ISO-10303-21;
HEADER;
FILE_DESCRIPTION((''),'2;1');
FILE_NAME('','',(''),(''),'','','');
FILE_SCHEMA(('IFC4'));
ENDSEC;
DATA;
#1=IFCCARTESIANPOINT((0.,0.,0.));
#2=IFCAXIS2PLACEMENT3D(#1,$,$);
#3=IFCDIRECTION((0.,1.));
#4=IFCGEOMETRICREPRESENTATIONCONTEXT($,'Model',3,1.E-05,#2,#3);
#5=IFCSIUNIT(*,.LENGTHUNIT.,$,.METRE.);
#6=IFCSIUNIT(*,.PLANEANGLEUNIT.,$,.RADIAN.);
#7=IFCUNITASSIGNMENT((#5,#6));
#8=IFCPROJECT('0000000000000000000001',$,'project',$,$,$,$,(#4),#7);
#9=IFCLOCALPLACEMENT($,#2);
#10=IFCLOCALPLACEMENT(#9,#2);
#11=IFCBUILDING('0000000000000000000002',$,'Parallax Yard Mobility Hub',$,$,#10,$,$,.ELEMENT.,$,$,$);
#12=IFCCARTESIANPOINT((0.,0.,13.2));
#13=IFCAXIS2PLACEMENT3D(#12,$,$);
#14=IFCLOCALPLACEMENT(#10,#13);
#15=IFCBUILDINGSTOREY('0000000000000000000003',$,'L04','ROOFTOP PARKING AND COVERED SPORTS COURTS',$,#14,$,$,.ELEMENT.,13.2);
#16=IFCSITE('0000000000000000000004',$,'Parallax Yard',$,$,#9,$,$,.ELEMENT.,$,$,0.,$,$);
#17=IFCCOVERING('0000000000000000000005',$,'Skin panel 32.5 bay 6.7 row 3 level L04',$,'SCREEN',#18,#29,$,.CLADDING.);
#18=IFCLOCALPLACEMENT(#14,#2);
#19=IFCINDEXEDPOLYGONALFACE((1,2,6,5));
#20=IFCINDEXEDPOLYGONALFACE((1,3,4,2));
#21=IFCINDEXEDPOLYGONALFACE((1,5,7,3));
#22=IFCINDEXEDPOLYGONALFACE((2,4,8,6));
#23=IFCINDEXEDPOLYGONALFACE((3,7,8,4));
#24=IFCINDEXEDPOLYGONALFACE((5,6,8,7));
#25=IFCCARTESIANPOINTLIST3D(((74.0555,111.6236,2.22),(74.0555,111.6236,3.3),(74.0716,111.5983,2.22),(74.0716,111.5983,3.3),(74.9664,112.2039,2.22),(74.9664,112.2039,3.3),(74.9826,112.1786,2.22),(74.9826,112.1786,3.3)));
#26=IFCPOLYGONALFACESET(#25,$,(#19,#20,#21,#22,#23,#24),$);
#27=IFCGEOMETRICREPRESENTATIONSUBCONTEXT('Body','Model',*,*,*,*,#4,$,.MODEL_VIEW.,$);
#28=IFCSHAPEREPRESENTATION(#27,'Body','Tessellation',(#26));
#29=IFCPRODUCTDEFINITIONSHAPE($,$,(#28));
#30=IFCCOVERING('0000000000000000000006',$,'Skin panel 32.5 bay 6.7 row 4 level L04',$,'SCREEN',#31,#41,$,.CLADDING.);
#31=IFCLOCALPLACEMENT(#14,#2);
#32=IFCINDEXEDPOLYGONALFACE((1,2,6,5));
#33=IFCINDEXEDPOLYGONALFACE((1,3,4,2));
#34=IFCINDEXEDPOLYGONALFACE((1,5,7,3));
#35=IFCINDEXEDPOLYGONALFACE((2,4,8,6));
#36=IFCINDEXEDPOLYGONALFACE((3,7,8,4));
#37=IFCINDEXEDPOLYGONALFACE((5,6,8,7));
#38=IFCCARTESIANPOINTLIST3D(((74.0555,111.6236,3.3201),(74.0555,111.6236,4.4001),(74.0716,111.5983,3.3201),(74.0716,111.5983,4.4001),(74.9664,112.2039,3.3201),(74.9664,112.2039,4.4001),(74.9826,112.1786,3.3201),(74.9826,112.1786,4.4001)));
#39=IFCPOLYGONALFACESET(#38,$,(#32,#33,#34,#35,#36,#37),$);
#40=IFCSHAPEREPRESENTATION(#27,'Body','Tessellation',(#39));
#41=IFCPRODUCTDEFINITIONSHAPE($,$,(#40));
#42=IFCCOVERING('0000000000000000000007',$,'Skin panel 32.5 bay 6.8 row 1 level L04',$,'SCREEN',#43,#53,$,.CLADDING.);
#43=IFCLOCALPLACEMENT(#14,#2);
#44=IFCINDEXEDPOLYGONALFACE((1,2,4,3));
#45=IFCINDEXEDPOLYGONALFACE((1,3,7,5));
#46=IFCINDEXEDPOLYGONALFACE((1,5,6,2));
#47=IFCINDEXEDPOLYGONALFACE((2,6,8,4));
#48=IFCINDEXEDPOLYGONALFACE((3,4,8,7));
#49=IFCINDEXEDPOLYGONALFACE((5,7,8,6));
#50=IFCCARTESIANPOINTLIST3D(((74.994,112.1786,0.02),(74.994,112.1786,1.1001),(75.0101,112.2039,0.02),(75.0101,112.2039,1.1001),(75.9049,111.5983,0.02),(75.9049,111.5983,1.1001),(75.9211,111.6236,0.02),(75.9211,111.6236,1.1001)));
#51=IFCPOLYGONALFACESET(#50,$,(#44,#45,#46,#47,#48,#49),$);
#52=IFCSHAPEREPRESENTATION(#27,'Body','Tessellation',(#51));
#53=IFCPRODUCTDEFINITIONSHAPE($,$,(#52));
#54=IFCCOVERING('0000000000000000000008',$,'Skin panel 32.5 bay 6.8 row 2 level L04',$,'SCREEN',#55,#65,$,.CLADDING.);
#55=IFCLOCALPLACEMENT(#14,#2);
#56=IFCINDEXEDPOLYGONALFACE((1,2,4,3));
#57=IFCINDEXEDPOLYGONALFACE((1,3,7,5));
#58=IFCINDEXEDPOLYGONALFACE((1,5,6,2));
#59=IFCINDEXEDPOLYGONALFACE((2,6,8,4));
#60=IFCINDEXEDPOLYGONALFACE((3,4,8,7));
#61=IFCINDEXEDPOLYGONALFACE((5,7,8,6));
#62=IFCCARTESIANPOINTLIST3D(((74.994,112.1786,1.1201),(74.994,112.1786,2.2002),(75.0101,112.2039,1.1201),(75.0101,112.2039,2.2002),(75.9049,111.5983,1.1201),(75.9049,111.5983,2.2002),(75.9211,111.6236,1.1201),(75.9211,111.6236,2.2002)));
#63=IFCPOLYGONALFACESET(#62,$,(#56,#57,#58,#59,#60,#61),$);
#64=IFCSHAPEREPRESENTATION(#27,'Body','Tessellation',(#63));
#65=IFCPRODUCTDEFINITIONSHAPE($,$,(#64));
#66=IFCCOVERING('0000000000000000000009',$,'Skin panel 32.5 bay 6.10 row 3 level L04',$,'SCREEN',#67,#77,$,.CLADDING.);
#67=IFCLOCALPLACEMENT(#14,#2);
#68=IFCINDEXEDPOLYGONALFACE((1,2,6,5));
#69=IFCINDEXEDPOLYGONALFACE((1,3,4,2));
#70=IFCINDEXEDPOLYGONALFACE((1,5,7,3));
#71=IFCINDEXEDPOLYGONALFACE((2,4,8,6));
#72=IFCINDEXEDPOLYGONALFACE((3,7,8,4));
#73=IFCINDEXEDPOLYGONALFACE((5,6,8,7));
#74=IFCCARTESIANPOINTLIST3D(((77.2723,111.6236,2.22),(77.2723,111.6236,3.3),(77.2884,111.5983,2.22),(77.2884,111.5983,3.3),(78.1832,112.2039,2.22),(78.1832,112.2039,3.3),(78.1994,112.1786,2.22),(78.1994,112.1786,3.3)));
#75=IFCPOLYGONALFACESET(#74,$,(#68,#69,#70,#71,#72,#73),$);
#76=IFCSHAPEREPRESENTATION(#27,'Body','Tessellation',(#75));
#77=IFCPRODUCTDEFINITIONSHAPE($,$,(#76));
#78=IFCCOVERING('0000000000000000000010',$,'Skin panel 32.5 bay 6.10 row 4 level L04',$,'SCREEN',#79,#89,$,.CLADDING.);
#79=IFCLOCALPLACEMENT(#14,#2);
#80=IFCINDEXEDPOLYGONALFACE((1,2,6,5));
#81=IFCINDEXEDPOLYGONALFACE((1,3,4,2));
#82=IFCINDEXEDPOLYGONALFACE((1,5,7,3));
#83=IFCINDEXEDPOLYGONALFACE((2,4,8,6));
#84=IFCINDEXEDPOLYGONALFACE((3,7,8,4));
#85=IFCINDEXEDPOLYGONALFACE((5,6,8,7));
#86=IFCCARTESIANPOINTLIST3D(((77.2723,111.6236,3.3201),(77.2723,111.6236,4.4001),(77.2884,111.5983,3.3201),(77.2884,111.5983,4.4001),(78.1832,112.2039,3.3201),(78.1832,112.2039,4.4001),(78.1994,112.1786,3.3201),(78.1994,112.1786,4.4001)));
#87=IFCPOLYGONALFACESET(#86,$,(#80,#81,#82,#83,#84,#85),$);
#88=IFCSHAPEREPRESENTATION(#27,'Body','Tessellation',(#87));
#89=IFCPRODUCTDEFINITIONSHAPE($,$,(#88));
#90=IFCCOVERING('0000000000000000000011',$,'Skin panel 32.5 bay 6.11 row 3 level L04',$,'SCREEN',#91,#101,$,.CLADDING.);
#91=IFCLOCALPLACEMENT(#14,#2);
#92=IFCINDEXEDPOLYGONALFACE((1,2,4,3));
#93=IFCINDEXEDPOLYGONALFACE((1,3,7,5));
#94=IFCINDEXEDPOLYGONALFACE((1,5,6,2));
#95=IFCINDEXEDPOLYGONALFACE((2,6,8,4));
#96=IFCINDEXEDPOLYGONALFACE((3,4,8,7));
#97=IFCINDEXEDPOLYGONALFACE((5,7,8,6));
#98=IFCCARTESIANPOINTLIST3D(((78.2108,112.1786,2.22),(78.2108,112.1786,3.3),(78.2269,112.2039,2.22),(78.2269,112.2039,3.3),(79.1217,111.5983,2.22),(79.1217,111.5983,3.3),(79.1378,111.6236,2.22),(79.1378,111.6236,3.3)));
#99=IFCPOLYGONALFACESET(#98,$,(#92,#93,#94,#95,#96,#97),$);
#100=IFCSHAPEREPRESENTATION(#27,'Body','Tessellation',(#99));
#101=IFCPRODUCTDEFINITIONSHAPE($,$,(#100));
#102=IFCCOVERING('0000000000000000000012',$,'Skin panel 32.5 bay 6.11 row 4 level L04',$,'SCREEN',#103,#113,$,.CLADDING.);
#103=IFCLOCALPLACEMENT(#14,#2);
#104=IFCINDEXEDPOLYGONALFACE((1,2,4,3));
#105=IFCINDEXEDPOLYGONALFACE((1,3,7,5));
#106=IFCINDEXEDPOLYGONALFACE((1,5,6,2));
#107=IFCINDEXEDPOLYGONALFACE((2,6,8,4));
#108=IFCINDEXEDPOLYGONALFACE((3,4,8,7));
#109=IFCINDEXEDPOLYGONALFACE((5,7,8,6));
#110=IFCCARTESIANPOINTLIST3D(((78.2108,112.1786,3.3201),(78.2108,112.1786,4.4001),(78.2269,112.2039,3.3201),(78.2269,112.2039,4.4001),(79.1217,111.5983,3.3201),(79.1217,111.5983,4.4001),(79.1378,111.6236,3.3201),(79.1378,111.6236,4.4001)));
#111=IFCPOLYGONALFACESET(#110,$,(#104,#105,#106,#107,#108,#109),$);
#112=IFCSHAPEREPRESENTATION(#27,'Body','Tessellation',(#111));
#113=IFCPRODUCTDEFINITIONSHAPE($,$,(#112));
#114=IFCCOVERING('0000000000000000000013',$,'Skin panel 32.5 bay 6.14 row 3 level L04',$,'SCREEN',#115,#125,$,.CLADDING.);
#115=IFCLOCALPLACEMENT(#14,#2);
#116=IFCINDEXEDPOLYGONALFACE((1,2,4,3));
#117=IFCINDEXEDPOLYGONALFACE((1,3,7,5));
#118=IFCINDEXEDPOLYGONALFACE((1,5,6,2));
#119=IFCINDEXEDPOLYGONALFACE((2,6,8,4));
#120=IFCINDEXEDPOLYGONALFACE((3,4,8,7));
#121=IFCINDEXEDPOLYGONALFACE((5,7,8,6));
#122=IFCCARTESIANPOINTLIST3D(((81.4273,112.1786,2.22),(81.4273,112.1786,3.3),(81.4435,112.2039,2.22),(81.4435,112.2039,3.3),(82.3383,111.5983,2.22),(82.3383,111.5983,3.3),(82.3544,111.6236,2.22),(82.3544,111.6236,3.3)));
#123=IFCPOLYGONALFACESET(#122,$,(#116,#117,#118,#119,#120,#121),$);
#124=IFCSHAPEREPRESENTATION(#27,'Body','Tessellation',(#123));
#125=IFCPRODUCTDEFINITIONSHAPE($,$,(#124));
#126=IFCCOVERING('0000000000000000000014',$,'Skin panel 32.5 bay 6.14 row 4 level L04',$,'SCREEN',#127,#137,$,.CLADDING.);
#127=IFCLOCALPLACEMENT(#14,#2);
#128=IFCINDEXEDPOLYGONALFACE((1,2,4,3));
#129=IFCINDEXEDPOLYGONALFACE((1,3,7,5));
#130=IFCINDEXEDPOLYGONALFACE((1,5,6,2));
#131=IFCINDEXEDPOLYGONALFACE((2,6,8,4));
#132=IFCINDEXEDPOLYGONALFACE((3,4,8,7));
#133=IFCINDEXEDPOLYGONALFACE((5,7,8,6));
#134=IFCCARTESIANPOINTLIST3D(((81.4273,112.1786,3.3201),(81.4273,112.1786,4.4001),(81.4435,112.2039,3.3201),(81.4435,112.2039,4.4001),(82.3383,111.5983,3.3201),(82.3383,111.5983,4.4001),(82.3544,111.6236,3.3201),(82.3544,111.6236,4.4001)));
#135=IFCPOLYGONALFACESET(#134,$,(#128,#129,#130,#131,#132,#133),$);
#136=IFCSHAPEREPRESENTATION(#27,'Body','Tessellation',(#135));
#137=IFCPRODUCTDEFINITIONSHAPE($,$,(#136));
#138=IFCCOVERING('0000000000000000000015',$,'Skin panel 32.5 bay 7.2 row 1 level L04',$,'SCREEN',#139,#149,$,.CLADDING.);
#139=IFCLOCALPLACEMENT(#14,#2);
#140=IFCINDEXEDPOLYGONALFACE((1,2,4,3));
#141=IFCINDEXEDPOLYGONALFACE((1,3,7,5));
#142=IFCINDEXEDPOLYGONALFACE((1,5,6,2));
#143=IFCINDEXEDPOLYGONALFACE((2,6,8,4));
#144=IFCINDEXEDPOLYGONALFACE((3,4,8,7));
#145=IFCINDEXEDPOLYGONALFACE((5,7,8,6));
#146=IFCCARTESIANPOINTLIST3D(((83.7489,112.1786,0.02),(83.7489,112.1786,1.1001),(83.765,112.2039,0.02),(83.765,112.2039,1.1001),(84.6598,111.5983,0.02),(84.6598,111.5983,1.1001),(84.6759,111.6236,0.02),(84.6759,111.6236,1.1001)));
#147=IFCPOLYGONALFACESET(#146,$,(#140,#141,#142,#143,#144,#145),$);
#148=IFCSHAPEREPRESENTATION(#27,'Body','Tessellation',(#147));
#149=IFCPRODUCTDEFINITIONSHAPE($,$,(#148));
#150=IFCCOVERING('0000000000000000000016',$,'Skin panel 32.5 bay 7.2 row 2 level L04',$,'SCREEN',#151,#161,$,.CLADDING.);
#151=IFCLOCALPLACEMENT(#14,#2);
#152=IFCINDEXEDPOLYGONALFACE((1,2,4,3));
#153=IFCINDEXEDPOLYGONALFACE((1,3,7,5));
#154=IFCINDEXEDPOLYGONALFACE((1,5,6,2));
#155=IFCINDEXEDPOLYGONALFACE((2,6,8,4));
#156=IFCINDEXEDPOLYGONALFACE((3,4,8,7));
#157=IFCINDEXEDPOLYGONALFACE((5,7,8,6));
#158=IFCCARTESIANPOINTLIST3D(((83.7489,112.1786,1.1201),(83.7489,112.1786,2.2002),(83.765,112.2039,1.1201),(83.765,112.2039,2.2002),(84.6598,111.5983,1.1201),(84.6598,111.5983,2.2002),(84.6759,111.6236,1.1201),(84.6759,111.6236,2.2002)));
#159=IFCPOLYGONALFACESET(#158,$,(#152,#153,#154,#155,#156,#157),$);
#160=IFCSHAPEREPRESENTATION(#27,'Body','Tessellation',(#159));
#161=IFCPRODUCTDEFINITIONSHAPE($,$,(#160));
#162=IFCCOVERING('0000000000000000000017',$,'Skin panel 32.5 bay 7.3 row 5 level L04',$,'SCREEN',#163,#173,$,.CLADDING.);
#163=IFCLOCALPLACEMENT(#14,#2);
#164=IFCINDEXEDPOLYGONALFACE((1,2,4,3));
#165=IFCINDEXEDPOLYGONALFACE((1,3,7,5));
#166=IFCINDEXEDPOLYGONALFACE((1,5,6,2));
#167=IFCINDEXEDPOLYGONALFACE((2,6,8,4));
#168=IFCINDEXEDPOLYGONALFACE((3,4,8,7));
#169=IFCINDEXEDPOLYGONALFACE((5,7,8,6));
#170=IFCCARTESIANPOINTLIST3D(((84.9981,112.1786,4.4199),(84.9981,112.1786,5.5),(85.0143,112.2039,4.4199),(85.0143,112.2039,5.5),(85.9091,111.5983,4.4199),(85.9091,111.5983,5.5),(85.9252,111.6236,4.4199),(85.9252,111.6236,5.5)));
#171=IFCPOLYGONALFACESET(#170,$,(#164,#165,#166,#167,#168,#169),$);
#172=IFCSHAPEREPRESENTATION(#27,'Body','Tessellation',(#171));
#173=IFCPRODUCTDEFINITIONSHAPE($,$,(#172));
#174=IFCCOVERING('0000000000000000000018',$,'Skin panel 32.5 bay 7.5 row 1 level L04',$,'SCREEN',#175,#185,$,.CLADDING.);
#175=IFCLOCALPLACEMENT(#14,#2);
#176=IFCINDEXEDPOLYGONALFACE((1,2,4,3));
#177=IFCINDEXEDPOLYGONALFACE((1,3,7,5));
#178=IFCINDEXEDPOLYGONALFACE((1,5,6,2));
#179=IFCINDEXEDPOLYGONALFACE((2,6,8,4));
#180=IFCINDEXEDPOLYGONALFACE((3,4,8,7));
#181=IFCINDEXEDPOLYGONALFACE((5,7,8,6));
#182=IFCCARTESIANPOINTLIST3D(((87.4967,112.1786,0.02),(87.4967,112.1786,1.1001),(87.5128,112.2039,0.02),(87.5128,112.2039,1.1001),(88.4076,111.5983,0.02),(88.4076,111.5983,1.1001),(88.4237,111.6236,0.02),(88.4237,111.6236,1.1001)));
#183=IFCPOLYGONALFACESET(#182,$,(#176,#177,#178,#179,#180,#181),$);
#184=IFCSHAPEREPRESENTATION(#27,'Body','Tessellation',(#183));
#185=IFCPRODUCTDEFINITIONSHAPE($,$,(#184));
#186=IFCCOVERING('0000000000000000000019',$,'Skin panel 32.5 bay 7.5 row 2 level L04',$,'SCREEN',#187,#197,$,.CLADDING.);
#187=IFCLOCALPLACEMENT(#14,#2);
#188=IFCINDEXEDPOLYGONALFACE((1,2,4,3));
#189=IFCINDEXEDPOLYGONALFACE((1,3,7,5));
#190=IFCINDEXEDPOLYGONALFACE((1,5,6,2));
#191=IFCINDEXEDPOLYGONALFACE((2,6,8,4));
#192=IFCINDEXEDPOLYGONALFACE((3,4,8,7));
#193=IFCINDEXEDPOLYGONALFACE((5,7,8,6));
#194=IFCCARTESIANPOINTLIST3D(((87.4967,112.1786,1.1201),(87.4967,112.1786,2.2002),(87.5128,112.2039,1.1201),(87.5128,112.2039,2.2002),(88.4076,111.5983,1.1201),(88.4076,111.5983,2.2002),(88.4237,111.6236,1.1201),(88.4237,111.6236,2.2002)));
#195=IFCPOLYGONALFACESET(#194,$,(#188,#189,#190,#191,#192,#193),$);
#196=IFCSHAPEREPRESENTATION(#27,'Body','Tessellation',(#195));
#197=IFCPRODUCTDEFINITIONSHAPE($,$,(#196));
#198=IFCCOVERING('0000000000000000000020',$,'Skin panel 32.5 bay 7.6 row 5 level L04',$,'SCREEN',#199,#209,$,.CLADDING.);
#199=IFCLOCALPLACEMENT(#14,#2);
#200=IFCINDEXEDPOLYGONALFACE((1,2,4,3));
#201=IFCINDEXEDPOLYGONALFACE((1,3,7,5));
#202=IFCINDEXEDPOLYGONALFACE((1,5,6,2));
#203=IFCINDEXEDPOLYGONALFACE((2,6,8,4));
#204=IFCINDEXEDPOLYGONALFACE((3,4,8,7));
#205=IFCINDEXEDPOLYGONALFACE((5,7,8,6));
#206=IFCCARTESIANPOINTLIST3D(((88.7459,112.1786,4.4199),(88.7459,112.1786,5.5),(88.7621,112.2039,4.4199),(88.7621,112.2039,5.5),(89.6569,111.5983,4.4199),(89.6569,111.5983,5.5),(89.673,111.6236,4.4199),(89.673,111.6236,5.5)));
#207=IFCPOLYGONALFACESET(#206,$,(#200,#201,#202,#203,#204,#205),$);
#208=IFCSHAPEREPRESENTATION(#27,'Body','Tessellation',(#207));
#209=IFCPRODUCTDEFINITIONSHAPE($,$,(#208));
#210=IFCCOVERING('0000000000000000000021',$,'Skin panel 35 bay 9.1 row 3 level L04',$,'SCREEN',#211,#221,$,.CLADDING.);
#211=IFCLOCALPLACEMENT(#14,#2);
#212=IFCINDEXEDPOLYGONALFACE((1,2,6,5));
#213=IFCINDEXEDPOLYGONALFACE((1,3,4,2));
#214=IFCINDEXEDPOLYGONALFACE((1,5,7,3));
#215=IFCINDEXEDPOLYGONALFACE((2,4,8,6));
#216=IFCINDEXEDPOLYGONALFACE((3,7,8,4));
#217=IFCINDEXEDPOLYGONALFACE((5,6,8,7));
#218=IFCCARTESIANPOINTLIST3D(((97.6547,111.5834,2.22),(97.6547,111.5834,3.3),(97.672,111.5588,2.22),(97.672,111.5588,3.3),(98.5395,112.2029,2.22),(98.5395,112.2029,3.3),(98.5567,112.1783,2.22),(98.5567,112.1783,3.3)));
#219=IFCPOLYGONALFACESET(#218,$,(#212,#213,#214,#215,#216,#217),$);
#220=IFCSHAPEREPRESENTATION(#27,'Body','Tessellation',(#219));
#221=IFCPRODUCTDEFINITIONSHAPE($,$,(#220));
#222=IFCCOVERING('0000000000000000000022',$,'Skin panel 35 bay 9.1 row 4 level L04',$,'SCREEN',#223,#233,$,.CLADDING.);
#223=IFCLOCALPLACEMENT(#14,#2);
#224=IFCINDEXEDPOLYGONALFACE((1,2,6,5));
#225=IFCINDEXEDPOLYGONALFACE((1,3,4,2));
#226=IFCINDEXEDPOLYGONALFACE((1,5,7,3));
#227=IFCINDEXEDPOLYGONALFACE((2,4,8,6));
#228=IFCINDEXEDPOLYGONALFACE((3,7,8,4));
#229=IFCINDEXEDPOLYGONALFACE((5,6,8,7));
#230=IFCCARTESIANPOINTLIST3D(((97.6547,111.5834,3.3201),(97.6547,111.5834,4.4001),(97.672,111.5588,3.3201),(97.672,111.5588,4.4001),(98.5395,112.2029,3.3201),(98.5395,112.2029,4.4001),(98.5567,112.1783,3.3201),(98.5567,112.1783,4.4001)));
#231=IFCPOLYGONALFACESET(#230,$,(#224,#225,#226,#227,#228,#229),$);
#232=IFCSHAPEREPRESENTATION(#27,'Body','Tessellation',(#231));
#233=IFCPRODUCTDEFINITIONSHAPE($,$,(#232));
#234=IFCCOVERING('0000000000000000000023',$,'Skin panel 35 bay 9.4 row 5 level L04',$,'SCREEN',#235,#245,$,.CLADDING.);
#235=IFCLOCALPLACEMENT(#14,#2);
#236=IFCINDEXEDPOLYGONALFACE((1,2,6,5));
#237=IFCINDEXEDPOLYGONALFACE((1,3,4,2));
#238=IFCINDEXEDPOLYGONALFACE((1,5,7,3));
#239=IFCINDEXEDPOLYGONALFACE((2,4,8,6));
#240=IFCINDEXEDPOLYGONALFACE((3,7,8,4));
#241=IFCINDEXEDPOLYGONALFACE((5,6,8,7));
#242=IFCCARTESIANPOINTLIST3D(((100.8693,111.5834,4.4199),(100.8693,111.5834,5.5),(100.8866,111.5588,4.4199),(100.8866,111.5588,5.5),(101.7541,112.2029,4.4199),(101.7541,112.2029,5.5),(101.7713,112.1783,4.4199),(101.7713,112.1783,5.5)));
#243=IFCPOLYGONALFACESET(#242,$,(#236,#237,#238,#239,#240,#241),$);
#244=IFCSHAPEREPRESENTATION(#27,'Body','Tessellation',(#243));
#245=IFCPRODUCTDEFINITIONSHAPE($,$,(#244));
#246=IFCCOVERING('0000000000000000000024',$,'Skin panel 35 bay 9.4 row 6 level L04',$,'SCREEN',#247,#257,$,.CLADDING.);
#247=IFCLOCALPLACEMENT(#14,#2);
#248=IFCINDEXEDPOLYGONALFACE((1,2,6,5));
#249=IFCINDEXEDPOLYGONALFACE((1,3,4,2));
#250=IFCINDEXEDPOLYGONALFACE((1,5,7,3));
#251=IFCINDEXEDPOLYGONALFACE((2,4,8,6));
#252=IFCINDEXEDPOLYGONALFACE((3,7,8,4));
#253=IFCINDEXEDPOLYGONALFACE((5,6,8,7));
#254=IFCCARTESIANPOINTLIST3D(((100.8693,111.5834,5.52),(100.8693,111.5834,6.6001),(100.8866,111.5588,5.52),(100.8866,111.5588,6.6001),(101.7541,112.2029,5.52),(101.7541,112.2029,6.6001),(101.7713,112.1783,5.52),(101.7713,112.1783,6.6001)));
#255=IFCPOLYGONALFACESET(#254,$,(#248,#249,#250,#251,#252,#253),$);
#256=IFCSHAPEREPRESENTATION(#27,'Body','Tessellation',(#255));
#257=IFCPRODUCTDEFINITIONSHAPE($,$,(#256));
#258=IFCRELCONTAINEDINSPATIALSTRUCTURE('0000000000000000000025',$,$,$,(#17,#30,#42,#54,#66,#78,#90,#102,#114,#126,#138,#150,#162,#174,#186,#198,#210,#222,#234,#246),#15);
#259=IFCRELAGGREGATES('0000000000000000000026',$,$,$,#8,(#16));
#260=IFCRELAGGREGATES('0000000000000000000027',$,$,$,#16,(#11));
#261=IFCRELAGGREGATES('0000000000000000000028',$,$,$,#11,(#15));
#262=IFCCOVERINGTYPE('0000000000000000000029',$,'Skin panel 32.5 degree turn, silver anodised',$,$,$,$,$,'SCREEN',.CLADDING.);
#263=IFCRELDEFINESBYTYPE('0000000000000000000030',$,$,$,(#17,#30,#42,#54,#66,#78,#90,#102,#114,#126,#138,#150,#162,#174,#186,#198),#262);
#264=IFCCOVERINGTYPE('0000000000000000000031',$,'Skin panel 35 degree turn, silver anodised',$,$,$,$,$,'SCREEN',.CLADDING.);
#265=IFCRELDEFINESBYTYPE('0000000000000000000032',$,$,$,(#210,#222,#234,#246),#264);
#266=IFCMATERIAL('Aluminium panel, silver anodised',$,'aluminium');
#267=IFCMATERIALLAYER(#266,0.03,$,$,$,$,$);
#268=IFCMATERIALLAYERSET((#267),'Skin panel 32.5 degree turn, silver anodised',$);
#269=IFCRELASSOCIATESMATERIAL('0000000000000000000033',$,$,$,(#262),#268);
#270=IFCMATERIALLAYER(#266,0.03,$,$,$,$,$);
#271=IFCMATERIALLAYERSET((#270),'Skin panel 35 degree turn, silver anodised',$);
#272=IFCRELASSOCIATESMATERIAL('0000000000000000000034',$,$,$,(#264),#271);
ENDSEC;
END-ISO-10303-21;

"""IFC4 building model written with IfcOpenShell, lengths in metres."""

from ifc_helpers import new_model, si_unit, direction, frame, origin, origin_2d, place, context, subcontext, project, spatial, rectangle, extrude, material, layer, layer_set, type_object, element, save


model = new_model("IFC4")

# Units and contexts
model_context = context("Model", 3, precision=1e-05, world=origin(), true_north=direction((0.0, 1.0)))
body_context = subcontext(model_context, "Body", "Model", "MODEL_VIEW")
ifc_project = project(units=[si_unit("LENGTHUNIT", "METRE"), si_unit("PLANEANGLEUNIT", "RADIAN")], contexts=[model_context])

# Site, building, storey
site_placement = place(None, origin())
site = spatial("IfcSite", under=ifc_project, at=site_placement, Name="Parallax Yard", CompositionType="ELEMENT", RefElevation=0.0)
building_placement = place(site_placement, origin())
building = spatial("IfcBuilding", under=site, at=building_placement, Name="Parallax Yard Mobility Hub", CompositionType="ELEMENT")
storey_placement = place(building_placement, frame((0.0, 0.0, 13.2)))
storey = spatial("IfcBuildingStorey", under=building, at=storey_placement, Name="L04", Description="ROOFTOP PARKING AND COVERED SPORTS COURTS", CompositionType="ELEMENT", Elevation=13.2)

# Coverings
ifc_material = material(Name="Aluminium panel, silver anodised", Category="aluminium")
ifc_layer_1 = layer(ifc_material, 0.03)
ifc_layer_set_1 = layer_set([ifc_layer_1], Name="Skin panel 32.5 degree turn, silver anodised")
covering_type_1 = type_object("IfcCoveringType", Name="Skin panel 32.5 degree turn, silver anodised", ElementType="SCREEN", PredefinedType="CLADDING", material=ifc_layer_set_1)
for number, where, z_axis, x_axis, name in (
    (1, (74.519, 111.9011, 2.22), (0.0, 0.0, 1.0), (-0.843391, -0.5373, 0.0), "Skin panel 32.5 bay 6.7 row 3 level L04"),
    (2, (74.519, 111.9011, 3.3201), (0.0, 0.0, 1.0), (-0.843391, -0.5373, 0.0), "Skin panel 32.5 bay 6.7 row 4 level L04"),
    (3, (75.4575, 111.9011, 0.02), (0.0, 0.0, 1.0), (0.843391, -0.5373, 0.0), "Skin panel 32.5 bay 6.8 row 1 level L04"),
    (4, (75.4575, 111.9011, 1.1201), (0.0, 0.0, 1.0), (0.843391, -0.5373, 0.0), "Skin panel 32.5 bay 6.8 row 2 level L04"),
    (5, (77.7358, 111.9011, 2.22), (0.0, 0.0, 1.0), (-0.843391, -0.5373, 0.0), "Skin panel 32.5 bay 6.10 row 3 level L04"),
    (6, (77.7358, 111.9011, 3.3201), (0.0, 0.0, 1.0), (-0.843391, -0.5373, 0.0), "Skin panel 32.5 bay 6.10 row 4 level L04"),
    (7, (78.6743, 111.9011, 2.22), (0.0, 0.0, 1.0), (0.843391, -0.5373, 0.0), "Skin panel 32.5 bay 6.11 row 3 level L04"),
    (8, (78.6743, 111.9011, 3.3201), (0.0, 0.0, 1.0), (0.843391, -0.5373, 0.0), "Skin panel 32.5 bay 6.11 row 4 level L04"),
    (9, (81.8909, 111.9011, 2.22), (0.0, 0.0, 1.0), (0.843391, -0.5373, 0.0), "Skin panel 32.5 bay 6.14 row 3 level L04"),
    (10, (81.8909, 111.9011, 3.3201), (0.0, 0.0, 1.0), (0.843391, -0.5373, 0.0), "Skin panel 32.5 bay 6.14 row 4 level L04"),
    (11, (84.2124, 111.9011, 0.02), (0.0, 0.0, 1.0), (0.843391, -0.5373, 0.0), "Skin panel 32.5 bay 7.2 row 1 level L04"),
    (12, (84.2124, 111.9011, 1.1201), (0.0, 0.0, 1.0), (0.843391, -0.5373, 0.0), "Skin panel 32.5 bay 7.2 row 2 level L04"),
    (13, (85.4617, 111.9011, 4.4199), (0.0, 0.0, 1.0), (0.843391, -0.5373, 0.0), "Skin panel 32.5 bay 7.3 row 5 level L04"),
    (14, (87.9602, 111.9011, 0.02), (0.0, 0.0, 1.0), (0.843391, -0.5373, 0.0), "Skin panel 32.5 bay 7.5 row 1 level L04"),
    (15, (87.9602, 111.9011, 1.1201), (0.0, 0.0, 1.0), (0.843391, -0.5373, 0.0), "Skin panel 32.5 bay 7.5 row 2 level L04"),
    (16, (89.2095, 111.9011, 4.4199), (0.0, 0.0, 1.0), (0.843391, -0.5373, 0.0), "Skin panel 32.5 bay 7.6 row 5 level L04"),
):
    element("IfcCovering", number, at=place(storey_placement, frame(where, z_axis=z_axis, x_axis=x_axis)), inside=storey, type_object=covering_type_1, Name=name, ObjectType="SCREEN", PredefinedType="CLADDING", context=body_context, shape_type="SweptSolid", body=[
        extrude(rectangle(XDim=1.0801, YDim=0.03, at=origin_2d()), origin(), (0.0, 0.0, 1.0), 1.0801),
    ])
ifc_layer_2 = layer(ifc_material, 0.03)
ifc_layer_set_2 = layer_set([ifc_layer_2], Name="Skin panel 35 degree turn, silver anodised")
covering_type_2 = type_object("IfcCoveringType", Name="Skin panel 35 degree turn, silver anodised", ElementType="SCREEN", PredefinedType="CLADDING", material=ifc_layer_set_2)
for number, where, z_axis, x_axis, name in (
    (17, (98.1057, 111.8809, 2.22), (0.0, 0.0, 1.0), (-0.819152, -0.573576, 0.0), "Skin panel 35 bay 9.1 row 3 level L04"),
    (18, (98.1057, 111.8809, 3.3201), (0.0, 0.0, 1.0), (-0.819152, -0.573576, 0.0), "Skin panel 35 bay 9.1 row 4 level L04"),
    (19, (101.3203, 111.8809, 4.4199), (0.0, 0.0, 1.0), (-0.819152, -0.573576, 0.0), "Skin panel 35 bay 9.4 row 5 level L04"),
    (20, (101.3203, 111.8809, 5.52), (0.0, 0.0, 1.0), (-0.819152, -0.573576, 0.0), "Skin panel 35 bay 9.4 row 6 level L04"),
):
    element("IfcCovering", number, at=place(storey_placement, frame(where, z_axis=z_axis, x_axis=x_axis)), inside=storey, type_object=covering_type_2, Name=name, ObjectType="SCREEN", PredefinedType="CLADDING", context=body_context, shape_type="SweptSolid", body=[
        extrude(rectangle(XDim=1.0801, YDim=0.03, at=origin_2d()), origin(), (0.0, 0.0, 1.0), 1.0801),
    ])

save(model, "model.ifc")
